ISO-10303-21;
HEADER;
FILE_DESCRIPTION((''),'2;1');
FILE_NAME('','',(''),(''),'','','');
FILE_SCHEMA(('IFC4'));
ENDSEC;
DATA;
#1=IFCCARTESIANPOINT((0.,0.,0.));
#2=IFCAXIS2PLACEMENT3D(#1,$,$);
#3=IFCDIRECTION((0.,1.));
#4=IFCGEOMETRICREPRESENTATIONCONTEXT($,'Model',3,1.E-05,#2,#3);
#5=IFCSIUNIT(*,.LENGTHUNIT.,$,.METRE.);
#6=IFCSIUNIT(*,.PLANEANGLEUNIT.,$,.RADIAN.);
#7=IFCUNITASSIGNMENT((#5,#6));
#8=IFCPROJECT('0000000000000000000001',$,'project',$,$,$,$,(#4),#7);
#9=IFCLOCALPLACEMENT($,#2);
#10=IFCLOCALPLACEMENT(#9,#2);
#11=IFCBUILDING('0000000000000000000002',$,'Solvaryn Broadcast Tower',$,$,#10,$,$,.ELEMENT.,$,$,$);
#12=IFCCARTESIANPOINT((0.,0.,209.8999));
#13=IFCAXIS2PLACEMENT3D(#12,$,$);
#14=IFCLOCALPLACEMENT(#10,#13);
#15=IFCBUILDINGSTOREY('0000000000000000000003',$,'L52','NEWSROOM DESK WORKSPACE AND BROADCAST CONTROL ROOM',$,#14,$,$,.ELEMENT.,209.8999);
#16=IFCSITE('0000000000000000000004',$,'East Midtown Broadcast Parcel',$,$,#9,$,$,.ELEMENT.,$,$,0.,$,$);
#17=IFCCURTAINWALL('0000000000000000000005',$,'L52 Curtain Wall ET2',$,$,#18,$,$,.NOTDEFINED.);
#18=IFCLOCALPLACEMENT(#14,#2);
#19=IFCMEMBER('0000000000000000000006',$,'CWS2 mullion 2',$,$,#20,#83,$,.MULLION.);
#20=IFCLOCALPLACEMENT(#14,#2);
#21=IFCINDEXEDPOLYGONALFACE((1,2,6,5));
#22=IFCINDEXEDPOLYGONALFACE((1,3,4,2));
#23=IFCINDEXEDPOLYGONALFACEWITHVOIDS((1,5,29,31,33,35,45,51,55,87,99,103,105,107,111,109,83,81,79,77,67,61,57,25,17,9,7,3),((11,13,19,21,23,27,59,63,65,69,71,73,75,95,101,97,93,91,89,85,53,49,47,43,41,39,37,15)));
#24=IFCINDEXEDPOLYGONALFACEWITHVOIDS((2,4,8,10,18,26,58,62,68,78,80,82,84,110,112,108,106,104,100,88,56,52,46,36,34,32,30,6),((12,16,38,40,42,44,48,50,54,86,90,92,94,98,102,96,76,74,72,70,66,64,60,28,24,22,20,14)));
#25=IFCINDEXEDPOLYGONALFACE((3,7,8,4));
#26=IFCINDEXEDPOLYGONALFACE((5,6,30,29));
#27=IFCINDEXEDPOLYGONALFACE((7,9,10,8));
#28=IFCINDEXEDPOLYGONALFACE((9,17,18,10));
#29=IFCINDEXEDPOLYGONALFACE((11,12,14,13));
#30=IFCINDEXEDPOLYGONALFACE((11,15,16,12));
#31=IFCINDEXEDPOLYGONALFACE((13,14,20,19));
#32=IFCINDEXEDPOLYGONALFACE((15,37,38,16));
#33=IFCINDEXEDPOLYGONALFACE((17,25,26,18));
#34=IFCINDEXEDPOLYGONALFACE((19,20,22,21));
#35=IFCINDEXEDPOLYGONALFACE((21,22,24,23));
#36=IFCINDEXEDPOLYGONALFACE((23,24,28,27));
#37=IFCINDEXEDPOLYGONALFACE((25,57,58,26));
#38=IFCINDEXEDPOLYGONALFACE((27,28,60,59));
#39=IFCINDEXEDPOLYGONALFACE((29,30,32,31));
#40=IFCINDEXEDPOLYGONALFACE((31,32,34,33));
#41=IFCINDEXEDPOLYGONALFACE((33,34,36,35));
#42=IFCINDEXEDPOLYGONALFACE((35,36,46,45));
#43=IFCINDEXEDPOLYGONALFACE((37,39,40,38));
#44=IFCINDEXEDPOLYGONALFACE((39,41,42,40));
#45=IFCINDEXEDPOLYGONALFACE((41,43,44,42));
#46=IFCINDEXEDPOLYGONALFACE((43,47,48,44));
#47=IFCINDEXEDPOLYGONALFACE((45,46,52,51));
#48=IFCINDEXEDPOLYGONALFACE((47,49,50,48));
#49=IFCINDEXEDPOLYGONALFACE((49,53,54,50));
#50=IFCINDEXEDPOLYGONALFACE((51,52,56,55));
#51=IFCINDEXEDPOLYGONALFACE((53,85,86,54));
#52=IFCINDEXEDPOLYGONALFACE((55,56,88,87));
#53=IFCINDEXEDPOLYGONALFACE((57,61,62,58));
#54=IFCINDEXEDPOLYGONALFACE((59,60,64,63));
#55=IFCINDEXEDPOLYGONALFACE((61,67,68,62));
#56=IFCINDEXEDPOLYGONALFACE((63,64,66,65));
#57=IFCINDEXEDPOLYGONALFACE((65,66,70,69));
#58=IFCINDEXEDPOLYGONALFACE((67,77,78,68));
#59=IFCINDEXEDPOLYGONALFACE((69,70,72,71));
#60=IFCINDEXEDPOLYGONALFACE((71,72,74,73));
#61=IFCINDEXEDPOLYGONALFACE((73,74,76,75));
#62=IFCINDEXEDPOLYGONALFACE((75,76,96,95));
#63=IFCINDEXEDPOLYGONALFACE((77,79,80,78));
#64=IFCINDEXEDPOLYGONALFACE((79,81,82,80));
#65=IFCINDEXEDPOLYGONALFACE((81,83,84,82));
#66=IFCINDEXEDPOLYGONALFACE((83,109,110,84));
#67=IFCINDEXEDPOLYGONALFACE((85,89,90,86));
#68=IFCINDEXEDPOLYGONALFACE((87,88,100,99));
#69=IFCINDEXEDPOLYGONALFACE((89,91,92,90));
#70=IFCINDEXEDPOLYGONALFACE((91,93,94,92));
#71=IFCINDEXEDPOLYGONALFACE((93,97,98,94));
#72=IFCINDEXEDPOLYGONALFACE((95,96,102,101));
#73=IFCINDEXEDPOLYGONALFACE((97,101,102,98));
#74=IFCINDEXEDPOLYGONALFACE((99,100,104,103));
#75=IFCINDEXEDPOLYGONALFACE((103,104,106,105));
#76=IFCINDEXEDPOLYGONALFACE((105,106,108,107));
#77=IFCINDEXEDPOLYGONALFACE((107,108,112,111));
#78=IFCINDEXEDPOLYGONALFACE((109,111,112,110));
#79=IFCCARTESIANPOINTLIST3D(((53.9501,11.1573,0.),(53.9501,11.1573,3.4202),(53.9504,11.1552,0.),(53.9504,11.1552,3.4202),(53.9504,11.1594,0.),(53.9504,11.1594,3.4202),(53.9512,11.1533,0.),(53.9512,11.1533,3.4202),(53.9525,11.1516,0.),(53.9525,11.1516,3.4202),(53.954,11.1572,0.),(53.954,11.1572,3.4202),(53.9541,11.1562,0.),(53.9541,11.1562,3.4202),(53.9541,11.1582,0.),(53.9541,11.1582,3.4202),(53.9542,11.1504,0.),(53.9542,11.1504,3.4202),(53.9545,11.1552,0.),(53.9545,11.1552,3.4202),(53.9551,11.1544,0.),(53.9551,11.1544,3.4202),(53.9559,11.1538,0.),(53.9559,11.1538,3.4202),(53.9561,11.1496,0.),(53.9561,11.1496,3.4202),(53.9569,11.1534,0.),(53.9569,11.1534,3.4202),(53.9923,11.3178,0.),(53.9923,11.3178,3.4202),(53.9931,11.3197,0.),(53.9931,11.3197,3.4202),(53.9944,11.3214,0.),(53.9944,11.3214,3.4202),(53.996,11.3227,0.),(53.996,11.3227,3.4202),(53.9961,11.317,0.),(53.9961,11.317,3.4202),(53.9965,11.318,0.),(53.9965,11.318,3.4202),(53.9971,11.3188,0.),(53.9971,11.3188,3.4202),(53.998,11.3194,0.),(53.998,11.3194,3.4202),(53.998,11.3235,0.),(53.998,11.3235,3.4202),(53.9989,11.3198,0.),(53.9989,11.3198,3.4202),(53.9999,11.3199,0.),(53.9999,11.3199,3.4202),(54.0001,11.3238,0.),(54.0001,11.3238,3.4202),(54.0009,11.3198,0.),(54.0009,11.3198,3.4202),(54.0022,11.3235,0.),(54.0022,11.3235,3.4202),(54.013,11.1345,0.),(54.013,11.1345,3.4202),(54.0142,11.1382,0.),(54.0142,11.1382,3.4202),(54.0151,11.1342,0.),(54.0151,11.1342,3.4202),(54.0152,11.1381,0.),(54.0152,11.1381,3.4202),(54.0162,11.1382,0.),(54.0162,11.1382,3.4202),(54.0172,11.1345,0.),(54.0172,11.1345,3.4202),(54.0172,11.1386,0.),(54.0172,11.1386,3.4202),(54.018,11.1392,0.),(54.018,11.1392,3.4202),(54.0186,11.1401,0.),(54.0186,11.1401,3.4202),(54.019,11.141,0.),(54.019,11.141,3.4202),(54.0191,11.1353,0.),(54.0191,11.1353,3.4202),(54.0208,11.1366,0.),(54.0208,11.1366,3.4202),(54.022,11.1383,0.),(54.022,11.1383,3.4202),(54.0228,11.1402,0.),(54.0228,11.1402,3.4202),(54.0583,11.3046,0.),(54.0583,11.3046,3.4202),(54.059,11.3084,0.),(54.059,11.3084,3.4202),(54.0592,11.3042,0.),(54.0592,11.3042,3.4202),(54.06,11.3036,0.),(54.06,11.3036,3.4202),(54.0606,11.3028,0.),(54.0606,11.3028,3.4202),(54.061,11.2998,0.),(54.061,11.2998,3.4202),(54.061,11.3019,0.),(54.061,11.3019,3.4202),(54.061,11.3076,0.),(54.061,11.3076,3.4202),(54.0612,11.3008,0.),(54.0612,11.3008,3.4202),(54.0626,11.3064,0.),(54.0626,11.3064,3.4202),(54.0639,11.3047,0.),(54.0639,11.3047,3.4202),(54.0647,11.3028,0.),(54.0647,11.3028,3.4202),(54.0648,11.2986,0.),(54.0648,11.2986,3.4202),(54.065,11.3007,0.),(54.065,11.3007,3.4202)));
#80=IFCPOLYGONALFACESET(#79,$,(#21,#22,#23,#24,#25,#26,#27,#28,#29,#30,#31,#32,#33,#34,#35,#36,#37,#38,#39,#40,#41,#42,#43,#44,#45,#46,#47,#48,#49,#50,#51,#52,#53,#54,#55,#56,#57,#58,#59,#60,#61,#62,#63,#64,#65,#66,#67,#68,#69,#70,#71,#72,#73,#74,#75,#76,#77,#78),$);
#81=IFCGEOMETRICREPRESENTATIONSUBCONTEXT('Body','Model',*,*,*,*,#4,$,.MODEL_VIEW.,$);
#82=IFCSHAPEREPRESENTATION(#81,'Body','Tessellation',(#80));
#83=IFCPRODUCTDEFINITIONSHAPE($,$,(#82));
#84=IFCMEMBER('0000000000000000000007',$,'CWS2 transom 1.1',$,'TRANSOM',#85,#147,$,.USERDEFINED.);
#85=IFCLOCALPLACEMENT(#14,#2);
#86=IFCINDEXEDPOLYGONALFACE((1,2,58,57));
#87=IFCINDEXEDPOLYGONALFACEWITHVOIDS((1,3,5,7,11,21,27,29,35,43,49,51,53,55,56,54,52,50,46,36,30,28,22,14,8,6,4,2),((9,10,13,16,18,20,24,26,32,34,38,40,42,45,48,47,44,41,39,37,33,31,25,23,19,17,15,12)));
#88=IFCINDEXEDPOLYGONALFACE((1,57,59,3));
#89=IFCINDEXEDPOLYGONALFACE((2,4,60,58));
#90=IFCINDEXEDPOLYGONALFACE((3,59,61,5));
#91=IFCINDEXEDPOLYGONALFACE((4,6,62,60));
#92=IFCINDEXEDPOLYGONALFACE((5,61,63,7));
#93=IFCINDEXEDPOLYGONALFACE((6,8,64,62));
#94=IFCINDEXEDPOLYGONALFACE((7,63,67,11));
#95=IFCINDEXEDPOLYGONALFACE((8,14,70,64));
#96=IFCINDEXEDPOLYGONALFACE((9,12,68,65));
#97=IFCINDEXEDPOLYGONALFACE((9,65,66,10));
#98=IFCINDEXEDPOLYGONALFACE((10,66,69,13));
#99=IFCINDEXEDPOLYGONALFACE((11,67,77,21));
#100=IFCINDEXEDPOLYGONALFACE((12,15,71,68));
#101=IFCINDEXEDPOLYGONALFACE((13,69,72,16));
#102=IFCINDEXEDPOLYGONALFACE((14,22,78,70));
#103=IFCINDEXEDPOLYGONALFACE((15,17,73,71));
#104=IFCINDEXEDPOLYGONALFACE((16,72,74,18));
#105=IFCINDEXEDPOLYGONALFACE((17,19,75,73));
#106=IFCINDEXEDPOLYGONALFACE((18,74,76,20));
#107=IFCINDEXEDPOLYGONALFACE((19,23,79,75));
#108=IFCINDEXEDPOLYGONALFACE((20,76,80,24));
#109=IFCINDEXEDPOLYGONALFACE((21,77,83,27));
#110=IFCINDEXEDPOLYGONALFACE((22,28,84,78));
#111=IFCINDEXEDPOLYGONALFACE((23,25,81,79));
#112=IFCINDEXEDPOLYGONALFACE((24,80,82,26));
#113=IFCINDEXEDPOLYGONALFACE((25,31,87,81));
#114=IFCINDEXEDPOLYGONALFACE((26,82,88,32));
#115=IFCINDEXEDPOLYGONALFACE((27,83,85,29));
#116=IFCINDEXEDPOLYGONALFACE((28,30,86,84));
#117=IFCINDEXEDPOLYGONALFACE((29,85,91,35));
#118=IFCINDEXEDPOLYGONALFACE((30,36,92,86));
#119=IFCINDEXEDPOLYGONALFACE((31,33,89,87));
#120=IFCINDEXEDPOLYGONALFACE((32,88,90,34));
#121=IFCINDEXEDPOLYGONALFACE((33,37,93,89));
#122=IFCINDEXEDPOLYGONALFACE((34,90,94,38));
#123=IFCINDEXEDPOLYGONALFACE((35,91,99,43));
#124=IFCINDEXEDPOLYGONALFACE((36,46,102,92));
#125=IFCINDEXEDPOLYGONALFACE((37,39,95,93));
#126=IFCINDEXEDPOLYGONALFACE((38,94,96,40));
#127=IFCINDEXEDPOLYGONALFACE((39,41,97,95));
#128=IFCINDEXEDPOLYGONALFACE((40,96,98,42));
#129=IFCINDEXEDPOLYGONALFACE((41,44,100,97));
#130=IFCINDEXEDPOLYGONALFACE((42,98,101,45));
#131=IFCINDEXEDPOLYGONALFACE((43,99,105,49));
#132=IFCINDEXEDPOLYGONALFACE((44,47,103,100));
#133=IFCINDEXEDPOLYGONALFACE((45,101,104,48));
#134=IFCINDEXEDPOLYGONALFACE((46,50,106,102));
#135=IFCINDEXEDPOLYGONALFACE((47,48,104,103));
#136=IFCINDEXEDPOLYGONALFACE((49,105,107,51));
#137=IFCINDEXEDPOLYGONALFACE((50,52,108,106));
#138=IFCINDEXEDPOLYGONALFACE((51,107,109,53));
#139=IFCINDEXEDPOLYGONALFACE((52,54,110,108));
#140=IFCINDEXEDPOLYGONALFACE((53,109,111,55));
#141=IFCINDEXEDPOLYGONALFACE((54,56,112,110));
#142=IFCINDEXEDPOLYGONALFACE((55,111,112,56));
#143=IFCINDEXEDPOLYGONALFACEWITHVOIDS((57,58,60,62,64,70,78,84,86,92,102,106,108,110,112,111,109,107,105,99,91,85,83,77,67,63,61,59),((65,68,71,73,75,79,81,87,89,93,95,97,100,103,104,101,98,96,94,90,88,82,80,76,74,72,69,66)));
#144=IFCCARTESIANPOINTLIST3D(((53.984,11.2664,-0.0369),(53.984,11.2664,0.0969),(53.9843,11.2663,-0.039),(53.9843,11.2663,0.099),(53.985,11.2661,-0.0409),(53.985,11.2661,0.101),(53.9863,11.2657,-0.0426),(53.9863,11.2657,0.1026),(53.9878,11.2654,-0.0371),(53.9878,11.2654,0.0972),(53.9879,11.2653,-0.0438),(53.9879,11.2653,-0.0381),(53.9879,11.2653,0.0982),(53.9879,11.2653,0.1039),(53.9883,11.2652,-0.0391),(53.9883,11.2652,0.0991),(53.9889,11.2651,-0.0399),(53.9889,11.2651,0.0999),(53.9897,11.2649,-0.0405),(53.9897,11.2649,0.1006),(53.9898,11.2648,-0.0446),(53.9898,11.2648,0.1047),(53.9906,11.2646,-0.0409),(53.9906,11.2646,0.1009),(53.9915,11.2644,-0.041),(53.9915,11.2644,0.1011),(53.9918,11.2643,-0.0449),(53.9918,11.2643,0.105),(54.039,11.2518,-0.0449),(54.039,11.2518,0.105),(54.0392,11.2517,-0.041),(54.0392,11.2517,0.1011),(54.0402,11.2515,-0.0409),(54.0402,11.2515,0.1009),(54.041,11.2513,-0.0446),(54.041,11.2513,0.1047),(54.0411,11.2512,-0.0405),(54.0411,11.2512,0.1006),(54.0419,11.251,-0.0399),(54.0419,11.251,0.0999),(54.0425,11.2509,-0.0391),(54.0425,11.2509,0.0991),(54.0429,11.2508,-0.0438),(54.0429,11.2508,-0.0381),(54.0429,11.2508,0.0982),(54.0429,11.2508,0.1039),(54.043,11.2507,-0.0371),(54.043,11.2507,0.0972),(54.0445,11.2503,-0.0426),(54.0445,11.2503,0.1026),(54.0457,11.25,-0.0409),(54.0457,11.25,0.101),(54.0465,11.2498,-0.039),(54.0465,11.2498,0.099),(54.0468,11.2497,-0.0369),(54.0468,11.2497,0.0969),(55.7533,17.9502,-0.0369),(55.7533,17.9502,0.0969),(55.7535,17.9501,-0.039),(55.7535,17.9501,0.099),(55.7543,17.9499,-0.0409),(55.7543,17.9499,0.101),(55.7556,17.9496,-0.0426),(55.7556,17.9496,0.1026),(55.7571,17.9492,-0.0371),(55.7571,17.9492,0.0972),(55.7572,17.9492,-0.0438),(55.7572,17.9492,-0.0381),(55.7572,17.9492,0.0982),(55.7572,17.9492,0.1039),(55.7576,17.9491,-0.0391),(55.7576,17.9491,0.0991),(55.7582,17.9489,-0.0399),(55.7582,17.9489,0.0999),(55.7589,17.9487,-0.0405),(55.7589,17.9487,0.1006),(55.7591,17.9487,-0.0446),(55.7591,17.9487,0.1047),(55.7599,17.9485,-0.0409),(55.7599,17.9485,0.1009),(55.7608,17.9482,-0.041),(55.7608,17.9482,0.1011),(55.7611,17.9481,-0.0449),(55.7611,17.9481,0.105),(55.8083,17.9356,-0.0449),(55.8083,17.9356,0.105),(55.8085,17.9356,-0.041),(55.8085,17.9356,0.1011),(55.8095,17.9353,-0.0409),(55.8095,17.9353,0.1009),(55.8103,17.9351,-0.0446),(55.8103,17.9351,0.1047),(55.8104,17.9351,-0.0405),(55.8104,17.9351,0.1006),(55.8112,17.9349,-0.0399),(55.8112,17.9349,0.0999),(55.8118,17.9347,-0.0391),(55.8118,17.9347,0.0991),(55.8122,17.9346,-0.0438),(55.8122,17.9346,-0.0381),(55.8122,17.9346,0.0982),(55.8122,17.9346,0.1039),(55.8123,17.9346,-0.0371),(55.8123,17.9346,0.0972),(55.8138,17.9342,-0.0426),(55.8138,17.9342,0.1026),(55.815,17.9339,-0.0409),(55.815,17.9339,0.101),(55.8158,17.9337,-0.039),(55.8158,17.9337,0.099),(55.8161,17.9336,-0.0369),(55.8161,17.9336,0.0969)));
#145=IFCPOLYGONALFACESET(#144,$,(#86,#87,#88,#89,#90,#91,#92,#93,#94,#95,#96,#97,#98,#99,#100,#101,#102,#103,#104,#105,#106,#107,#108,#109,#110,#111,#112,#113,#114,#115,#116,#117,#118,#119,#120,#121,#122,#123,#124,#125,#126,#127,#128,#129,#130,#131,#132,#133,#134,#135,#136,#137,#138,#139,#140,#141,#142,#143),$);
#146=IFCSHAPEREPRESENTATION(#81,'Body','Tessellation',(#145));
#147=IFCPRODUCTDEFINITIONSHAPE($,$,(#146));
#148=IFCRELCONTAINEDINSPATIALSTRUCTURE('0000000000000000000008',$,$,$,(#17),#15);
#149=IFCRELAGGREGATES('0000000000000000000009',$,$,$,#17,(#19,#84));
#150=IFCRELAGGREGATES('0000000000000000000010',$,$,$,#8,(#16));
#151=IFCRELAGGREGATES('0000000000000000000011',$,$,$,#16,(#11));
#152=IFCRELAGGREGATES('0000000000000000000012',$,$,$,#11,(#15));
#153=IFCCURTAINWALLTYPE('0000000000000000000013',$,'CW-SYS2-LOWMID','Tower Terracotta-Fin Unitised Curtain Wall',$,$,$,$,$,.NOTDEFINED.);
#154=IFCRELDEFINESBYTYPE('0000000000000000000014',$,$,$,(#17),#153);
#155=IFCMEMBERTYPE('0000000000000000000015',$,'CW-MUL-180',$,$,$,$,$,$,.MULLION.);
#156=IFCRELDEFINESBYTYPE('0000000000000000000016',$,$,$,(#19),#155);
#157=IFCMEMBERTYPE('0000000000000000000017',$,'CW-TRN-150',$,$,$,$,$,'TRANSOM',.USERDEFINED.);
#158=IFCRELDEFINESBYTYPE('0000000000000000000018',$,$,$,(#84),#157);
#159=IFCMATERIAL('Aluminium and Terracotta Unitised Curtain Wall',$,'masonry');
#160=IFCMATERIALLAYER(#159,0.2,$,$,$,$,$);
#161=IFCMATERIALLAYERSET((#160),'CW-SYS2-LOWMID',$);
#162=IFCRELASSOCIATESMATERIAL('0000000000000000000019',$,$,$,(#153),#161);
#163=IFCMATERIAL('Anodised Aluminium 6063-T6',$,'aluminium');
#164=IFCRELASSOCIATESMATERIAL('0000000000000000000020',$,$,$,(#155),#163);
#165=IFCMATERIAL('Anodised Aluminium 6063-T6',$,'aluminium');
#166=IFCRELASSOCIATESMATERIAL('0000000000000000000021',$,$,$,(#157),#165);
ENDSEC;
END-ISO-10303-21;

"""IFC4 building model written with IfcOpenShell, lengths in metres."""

from ifc_helpers import new_model, si_unit, direction, frame, origin, origin_2d, place, context, subcontext, project, spatial, hollow_rectangle, extrude, material, layer, layer_set, material_profile, profile_set, type_object, element, aggregate, save


model = new_model("IFC4")

# Units and contexts
model_context = context("Model", 3, precision=1e-05, world=origin(), true_north=direction((0.0, 1.0)))
body_context = subcontext(model_context, "Body", "Model", "MODEL_VIEW")
ifc_project = project(units=[si_unit("LENGTHUNIT", "METRE"), si_unit("PLANEANGLEUNIT", "RADIAN")], contexts=[model_context])

# Site, building, storey
site_placement = place(None, origin())
site = spatial("IfcSite", under=ifc_project, at=site_placement, Name="East Midtown Broadcast Parcel", CompositionType="ELEMENT", RefElevation=0.0)
building_placement = place(site_placement, origin())
building = spatial("IfcBuilding", under=site, at=building_placement, Name="Solvaryn Broadcast Tower", CompositionType="ELEMENT")
storey_placement = place(building_placement, frame((0.0, 0.0, 209.8999)))
storey = spatial("IfcBuildingStorey", under=building, at=storey_placement, Name="L52", Description="NEWSROOM DESK WORKSPACE AND BROADCAST CONTROL ROOM", CompositionType="ELEMENT", Elevation=209.8999)

# Shared definitions
ifc_material_1 = material(Name="Aluminium and Terracotta Unitised Curtain Wall", Category="masonry")
ifc_layer_1 = layer(ifc_material_1, 0.2)
ifc_layer_set_1 = layer_set([ifc_layer_1], Name="CW-SYS2-LOWMID")
curtain_wall_type = type_object("IfcCurtainWallType", Name="CW-SYS2-LOWMID", Description="Tower Terracotta-Fin Unitised Curtain Wall", PredefinedType="NOTDEFINED", material=ifc_layer_set_1)
ifc_material_2 = material(Name="Anodised Aluminium 6063-T6", Category="aluminium")
ifc_material_profile_1 = material_profile(ifc_material_2, hollow_rectangle(XDim=0.075, YDim=0.1799, WallThickness=0.0039, InnerFilletRadius=0.0039, OuterFilletRadius=0.0081, at=origin_2d()))
ifc_profile_set_1 = profile_set([ifc_material_profile_1], Name="Anodised Aluminium 6063-T6")
member_type_1 = type_object("IfcMemberType", Name="CW-MUL-180", PredefinedType="MULLION", material=ifc_profile_set_1)

# Curtain wall, members
curtain_wall_1_placement = place(storey_placement, origin())
curtain_wall_1 = element("IfcCurtainWall", 1, at=curtain_wall_1_placement, inside=storey, type_object=curtain_wall_type, Name="L52 Curtain Wall ET2", PredefinedType="NOTDEFINED")
member_1_placement = place(storey_placement, frame((54.0076, 11.229, 0.0), z_axis=(0.0, 0.0, 1.0), x_axis=(0.966705, -0.255893, 0.0)))
member_1 = element("IfcMember", 2, at=member_1_placement, type_object=member_type_1, Name="CWS2 mullion 2", PredefinedType="MULLION", context=body_context, shape_type="SweptSolid", body=[
    extrude(hollow_rectangle(XDim=0.075, YDim=0.1799, WallThickness=0.0039, InnerFilletRadius=0.0039, OuterFilletRadius=0.0081, at=origin_2d()), origin(), (0.0, 0.0, 1.0), 3.4202),
])
ifc_material_3 = material(Name="Anodised Aluminium 6063-T6", Category="aluminium")
ifc_material_profile_2 = material_profile(ifc_material_3, hollow_rectangle(XDim=0.0649, YDim=0.1499, WallThickness=0.0039, InnerFilletRadius=0.0039, OuterFilletRadius=0.0081, at=origin_2d()))
ifc_profile_set_2 = profile_set([ifc_material_profile_2], Name="Anodised Aluminium 6063-T6")
member_type_2 = type_object("IfcMemberType", Name="CW-TRN-150", ElementType="TRANSOM", PredefinedType="USERDEFINED", material=ifc_profile_set_2)
member_2_placement = place(storey_placement, frame((55.7847, 17.9419, 0.03), z_axis=(-0.255897, -0.966704, 0.0), x_axis=(0.966704, -0.255897, 0.0)))
member_2 = element("IfcMember", 3, at=member_2_placement, type_object=member_type_2, Name="CWS2 transom 1.1", ObjectType="TRANSOM", PredefinedType="USERDEFINED", context=body_context, shape_type="SweptSolid", body=[
    extrude(hollow_rectangle(XDim=0.0649, YDim=0.1499, WallThickness=0.0039, InnerFilletRadius=0.0039, OuterFilletRadius=0.0081, at=origin_2d()), origin(), (0.0, 0.0, 1.0), 6.9141),
])

aggregate(curtain_wall_1, [member_1, member_2])

save(model, "model.ifc")
